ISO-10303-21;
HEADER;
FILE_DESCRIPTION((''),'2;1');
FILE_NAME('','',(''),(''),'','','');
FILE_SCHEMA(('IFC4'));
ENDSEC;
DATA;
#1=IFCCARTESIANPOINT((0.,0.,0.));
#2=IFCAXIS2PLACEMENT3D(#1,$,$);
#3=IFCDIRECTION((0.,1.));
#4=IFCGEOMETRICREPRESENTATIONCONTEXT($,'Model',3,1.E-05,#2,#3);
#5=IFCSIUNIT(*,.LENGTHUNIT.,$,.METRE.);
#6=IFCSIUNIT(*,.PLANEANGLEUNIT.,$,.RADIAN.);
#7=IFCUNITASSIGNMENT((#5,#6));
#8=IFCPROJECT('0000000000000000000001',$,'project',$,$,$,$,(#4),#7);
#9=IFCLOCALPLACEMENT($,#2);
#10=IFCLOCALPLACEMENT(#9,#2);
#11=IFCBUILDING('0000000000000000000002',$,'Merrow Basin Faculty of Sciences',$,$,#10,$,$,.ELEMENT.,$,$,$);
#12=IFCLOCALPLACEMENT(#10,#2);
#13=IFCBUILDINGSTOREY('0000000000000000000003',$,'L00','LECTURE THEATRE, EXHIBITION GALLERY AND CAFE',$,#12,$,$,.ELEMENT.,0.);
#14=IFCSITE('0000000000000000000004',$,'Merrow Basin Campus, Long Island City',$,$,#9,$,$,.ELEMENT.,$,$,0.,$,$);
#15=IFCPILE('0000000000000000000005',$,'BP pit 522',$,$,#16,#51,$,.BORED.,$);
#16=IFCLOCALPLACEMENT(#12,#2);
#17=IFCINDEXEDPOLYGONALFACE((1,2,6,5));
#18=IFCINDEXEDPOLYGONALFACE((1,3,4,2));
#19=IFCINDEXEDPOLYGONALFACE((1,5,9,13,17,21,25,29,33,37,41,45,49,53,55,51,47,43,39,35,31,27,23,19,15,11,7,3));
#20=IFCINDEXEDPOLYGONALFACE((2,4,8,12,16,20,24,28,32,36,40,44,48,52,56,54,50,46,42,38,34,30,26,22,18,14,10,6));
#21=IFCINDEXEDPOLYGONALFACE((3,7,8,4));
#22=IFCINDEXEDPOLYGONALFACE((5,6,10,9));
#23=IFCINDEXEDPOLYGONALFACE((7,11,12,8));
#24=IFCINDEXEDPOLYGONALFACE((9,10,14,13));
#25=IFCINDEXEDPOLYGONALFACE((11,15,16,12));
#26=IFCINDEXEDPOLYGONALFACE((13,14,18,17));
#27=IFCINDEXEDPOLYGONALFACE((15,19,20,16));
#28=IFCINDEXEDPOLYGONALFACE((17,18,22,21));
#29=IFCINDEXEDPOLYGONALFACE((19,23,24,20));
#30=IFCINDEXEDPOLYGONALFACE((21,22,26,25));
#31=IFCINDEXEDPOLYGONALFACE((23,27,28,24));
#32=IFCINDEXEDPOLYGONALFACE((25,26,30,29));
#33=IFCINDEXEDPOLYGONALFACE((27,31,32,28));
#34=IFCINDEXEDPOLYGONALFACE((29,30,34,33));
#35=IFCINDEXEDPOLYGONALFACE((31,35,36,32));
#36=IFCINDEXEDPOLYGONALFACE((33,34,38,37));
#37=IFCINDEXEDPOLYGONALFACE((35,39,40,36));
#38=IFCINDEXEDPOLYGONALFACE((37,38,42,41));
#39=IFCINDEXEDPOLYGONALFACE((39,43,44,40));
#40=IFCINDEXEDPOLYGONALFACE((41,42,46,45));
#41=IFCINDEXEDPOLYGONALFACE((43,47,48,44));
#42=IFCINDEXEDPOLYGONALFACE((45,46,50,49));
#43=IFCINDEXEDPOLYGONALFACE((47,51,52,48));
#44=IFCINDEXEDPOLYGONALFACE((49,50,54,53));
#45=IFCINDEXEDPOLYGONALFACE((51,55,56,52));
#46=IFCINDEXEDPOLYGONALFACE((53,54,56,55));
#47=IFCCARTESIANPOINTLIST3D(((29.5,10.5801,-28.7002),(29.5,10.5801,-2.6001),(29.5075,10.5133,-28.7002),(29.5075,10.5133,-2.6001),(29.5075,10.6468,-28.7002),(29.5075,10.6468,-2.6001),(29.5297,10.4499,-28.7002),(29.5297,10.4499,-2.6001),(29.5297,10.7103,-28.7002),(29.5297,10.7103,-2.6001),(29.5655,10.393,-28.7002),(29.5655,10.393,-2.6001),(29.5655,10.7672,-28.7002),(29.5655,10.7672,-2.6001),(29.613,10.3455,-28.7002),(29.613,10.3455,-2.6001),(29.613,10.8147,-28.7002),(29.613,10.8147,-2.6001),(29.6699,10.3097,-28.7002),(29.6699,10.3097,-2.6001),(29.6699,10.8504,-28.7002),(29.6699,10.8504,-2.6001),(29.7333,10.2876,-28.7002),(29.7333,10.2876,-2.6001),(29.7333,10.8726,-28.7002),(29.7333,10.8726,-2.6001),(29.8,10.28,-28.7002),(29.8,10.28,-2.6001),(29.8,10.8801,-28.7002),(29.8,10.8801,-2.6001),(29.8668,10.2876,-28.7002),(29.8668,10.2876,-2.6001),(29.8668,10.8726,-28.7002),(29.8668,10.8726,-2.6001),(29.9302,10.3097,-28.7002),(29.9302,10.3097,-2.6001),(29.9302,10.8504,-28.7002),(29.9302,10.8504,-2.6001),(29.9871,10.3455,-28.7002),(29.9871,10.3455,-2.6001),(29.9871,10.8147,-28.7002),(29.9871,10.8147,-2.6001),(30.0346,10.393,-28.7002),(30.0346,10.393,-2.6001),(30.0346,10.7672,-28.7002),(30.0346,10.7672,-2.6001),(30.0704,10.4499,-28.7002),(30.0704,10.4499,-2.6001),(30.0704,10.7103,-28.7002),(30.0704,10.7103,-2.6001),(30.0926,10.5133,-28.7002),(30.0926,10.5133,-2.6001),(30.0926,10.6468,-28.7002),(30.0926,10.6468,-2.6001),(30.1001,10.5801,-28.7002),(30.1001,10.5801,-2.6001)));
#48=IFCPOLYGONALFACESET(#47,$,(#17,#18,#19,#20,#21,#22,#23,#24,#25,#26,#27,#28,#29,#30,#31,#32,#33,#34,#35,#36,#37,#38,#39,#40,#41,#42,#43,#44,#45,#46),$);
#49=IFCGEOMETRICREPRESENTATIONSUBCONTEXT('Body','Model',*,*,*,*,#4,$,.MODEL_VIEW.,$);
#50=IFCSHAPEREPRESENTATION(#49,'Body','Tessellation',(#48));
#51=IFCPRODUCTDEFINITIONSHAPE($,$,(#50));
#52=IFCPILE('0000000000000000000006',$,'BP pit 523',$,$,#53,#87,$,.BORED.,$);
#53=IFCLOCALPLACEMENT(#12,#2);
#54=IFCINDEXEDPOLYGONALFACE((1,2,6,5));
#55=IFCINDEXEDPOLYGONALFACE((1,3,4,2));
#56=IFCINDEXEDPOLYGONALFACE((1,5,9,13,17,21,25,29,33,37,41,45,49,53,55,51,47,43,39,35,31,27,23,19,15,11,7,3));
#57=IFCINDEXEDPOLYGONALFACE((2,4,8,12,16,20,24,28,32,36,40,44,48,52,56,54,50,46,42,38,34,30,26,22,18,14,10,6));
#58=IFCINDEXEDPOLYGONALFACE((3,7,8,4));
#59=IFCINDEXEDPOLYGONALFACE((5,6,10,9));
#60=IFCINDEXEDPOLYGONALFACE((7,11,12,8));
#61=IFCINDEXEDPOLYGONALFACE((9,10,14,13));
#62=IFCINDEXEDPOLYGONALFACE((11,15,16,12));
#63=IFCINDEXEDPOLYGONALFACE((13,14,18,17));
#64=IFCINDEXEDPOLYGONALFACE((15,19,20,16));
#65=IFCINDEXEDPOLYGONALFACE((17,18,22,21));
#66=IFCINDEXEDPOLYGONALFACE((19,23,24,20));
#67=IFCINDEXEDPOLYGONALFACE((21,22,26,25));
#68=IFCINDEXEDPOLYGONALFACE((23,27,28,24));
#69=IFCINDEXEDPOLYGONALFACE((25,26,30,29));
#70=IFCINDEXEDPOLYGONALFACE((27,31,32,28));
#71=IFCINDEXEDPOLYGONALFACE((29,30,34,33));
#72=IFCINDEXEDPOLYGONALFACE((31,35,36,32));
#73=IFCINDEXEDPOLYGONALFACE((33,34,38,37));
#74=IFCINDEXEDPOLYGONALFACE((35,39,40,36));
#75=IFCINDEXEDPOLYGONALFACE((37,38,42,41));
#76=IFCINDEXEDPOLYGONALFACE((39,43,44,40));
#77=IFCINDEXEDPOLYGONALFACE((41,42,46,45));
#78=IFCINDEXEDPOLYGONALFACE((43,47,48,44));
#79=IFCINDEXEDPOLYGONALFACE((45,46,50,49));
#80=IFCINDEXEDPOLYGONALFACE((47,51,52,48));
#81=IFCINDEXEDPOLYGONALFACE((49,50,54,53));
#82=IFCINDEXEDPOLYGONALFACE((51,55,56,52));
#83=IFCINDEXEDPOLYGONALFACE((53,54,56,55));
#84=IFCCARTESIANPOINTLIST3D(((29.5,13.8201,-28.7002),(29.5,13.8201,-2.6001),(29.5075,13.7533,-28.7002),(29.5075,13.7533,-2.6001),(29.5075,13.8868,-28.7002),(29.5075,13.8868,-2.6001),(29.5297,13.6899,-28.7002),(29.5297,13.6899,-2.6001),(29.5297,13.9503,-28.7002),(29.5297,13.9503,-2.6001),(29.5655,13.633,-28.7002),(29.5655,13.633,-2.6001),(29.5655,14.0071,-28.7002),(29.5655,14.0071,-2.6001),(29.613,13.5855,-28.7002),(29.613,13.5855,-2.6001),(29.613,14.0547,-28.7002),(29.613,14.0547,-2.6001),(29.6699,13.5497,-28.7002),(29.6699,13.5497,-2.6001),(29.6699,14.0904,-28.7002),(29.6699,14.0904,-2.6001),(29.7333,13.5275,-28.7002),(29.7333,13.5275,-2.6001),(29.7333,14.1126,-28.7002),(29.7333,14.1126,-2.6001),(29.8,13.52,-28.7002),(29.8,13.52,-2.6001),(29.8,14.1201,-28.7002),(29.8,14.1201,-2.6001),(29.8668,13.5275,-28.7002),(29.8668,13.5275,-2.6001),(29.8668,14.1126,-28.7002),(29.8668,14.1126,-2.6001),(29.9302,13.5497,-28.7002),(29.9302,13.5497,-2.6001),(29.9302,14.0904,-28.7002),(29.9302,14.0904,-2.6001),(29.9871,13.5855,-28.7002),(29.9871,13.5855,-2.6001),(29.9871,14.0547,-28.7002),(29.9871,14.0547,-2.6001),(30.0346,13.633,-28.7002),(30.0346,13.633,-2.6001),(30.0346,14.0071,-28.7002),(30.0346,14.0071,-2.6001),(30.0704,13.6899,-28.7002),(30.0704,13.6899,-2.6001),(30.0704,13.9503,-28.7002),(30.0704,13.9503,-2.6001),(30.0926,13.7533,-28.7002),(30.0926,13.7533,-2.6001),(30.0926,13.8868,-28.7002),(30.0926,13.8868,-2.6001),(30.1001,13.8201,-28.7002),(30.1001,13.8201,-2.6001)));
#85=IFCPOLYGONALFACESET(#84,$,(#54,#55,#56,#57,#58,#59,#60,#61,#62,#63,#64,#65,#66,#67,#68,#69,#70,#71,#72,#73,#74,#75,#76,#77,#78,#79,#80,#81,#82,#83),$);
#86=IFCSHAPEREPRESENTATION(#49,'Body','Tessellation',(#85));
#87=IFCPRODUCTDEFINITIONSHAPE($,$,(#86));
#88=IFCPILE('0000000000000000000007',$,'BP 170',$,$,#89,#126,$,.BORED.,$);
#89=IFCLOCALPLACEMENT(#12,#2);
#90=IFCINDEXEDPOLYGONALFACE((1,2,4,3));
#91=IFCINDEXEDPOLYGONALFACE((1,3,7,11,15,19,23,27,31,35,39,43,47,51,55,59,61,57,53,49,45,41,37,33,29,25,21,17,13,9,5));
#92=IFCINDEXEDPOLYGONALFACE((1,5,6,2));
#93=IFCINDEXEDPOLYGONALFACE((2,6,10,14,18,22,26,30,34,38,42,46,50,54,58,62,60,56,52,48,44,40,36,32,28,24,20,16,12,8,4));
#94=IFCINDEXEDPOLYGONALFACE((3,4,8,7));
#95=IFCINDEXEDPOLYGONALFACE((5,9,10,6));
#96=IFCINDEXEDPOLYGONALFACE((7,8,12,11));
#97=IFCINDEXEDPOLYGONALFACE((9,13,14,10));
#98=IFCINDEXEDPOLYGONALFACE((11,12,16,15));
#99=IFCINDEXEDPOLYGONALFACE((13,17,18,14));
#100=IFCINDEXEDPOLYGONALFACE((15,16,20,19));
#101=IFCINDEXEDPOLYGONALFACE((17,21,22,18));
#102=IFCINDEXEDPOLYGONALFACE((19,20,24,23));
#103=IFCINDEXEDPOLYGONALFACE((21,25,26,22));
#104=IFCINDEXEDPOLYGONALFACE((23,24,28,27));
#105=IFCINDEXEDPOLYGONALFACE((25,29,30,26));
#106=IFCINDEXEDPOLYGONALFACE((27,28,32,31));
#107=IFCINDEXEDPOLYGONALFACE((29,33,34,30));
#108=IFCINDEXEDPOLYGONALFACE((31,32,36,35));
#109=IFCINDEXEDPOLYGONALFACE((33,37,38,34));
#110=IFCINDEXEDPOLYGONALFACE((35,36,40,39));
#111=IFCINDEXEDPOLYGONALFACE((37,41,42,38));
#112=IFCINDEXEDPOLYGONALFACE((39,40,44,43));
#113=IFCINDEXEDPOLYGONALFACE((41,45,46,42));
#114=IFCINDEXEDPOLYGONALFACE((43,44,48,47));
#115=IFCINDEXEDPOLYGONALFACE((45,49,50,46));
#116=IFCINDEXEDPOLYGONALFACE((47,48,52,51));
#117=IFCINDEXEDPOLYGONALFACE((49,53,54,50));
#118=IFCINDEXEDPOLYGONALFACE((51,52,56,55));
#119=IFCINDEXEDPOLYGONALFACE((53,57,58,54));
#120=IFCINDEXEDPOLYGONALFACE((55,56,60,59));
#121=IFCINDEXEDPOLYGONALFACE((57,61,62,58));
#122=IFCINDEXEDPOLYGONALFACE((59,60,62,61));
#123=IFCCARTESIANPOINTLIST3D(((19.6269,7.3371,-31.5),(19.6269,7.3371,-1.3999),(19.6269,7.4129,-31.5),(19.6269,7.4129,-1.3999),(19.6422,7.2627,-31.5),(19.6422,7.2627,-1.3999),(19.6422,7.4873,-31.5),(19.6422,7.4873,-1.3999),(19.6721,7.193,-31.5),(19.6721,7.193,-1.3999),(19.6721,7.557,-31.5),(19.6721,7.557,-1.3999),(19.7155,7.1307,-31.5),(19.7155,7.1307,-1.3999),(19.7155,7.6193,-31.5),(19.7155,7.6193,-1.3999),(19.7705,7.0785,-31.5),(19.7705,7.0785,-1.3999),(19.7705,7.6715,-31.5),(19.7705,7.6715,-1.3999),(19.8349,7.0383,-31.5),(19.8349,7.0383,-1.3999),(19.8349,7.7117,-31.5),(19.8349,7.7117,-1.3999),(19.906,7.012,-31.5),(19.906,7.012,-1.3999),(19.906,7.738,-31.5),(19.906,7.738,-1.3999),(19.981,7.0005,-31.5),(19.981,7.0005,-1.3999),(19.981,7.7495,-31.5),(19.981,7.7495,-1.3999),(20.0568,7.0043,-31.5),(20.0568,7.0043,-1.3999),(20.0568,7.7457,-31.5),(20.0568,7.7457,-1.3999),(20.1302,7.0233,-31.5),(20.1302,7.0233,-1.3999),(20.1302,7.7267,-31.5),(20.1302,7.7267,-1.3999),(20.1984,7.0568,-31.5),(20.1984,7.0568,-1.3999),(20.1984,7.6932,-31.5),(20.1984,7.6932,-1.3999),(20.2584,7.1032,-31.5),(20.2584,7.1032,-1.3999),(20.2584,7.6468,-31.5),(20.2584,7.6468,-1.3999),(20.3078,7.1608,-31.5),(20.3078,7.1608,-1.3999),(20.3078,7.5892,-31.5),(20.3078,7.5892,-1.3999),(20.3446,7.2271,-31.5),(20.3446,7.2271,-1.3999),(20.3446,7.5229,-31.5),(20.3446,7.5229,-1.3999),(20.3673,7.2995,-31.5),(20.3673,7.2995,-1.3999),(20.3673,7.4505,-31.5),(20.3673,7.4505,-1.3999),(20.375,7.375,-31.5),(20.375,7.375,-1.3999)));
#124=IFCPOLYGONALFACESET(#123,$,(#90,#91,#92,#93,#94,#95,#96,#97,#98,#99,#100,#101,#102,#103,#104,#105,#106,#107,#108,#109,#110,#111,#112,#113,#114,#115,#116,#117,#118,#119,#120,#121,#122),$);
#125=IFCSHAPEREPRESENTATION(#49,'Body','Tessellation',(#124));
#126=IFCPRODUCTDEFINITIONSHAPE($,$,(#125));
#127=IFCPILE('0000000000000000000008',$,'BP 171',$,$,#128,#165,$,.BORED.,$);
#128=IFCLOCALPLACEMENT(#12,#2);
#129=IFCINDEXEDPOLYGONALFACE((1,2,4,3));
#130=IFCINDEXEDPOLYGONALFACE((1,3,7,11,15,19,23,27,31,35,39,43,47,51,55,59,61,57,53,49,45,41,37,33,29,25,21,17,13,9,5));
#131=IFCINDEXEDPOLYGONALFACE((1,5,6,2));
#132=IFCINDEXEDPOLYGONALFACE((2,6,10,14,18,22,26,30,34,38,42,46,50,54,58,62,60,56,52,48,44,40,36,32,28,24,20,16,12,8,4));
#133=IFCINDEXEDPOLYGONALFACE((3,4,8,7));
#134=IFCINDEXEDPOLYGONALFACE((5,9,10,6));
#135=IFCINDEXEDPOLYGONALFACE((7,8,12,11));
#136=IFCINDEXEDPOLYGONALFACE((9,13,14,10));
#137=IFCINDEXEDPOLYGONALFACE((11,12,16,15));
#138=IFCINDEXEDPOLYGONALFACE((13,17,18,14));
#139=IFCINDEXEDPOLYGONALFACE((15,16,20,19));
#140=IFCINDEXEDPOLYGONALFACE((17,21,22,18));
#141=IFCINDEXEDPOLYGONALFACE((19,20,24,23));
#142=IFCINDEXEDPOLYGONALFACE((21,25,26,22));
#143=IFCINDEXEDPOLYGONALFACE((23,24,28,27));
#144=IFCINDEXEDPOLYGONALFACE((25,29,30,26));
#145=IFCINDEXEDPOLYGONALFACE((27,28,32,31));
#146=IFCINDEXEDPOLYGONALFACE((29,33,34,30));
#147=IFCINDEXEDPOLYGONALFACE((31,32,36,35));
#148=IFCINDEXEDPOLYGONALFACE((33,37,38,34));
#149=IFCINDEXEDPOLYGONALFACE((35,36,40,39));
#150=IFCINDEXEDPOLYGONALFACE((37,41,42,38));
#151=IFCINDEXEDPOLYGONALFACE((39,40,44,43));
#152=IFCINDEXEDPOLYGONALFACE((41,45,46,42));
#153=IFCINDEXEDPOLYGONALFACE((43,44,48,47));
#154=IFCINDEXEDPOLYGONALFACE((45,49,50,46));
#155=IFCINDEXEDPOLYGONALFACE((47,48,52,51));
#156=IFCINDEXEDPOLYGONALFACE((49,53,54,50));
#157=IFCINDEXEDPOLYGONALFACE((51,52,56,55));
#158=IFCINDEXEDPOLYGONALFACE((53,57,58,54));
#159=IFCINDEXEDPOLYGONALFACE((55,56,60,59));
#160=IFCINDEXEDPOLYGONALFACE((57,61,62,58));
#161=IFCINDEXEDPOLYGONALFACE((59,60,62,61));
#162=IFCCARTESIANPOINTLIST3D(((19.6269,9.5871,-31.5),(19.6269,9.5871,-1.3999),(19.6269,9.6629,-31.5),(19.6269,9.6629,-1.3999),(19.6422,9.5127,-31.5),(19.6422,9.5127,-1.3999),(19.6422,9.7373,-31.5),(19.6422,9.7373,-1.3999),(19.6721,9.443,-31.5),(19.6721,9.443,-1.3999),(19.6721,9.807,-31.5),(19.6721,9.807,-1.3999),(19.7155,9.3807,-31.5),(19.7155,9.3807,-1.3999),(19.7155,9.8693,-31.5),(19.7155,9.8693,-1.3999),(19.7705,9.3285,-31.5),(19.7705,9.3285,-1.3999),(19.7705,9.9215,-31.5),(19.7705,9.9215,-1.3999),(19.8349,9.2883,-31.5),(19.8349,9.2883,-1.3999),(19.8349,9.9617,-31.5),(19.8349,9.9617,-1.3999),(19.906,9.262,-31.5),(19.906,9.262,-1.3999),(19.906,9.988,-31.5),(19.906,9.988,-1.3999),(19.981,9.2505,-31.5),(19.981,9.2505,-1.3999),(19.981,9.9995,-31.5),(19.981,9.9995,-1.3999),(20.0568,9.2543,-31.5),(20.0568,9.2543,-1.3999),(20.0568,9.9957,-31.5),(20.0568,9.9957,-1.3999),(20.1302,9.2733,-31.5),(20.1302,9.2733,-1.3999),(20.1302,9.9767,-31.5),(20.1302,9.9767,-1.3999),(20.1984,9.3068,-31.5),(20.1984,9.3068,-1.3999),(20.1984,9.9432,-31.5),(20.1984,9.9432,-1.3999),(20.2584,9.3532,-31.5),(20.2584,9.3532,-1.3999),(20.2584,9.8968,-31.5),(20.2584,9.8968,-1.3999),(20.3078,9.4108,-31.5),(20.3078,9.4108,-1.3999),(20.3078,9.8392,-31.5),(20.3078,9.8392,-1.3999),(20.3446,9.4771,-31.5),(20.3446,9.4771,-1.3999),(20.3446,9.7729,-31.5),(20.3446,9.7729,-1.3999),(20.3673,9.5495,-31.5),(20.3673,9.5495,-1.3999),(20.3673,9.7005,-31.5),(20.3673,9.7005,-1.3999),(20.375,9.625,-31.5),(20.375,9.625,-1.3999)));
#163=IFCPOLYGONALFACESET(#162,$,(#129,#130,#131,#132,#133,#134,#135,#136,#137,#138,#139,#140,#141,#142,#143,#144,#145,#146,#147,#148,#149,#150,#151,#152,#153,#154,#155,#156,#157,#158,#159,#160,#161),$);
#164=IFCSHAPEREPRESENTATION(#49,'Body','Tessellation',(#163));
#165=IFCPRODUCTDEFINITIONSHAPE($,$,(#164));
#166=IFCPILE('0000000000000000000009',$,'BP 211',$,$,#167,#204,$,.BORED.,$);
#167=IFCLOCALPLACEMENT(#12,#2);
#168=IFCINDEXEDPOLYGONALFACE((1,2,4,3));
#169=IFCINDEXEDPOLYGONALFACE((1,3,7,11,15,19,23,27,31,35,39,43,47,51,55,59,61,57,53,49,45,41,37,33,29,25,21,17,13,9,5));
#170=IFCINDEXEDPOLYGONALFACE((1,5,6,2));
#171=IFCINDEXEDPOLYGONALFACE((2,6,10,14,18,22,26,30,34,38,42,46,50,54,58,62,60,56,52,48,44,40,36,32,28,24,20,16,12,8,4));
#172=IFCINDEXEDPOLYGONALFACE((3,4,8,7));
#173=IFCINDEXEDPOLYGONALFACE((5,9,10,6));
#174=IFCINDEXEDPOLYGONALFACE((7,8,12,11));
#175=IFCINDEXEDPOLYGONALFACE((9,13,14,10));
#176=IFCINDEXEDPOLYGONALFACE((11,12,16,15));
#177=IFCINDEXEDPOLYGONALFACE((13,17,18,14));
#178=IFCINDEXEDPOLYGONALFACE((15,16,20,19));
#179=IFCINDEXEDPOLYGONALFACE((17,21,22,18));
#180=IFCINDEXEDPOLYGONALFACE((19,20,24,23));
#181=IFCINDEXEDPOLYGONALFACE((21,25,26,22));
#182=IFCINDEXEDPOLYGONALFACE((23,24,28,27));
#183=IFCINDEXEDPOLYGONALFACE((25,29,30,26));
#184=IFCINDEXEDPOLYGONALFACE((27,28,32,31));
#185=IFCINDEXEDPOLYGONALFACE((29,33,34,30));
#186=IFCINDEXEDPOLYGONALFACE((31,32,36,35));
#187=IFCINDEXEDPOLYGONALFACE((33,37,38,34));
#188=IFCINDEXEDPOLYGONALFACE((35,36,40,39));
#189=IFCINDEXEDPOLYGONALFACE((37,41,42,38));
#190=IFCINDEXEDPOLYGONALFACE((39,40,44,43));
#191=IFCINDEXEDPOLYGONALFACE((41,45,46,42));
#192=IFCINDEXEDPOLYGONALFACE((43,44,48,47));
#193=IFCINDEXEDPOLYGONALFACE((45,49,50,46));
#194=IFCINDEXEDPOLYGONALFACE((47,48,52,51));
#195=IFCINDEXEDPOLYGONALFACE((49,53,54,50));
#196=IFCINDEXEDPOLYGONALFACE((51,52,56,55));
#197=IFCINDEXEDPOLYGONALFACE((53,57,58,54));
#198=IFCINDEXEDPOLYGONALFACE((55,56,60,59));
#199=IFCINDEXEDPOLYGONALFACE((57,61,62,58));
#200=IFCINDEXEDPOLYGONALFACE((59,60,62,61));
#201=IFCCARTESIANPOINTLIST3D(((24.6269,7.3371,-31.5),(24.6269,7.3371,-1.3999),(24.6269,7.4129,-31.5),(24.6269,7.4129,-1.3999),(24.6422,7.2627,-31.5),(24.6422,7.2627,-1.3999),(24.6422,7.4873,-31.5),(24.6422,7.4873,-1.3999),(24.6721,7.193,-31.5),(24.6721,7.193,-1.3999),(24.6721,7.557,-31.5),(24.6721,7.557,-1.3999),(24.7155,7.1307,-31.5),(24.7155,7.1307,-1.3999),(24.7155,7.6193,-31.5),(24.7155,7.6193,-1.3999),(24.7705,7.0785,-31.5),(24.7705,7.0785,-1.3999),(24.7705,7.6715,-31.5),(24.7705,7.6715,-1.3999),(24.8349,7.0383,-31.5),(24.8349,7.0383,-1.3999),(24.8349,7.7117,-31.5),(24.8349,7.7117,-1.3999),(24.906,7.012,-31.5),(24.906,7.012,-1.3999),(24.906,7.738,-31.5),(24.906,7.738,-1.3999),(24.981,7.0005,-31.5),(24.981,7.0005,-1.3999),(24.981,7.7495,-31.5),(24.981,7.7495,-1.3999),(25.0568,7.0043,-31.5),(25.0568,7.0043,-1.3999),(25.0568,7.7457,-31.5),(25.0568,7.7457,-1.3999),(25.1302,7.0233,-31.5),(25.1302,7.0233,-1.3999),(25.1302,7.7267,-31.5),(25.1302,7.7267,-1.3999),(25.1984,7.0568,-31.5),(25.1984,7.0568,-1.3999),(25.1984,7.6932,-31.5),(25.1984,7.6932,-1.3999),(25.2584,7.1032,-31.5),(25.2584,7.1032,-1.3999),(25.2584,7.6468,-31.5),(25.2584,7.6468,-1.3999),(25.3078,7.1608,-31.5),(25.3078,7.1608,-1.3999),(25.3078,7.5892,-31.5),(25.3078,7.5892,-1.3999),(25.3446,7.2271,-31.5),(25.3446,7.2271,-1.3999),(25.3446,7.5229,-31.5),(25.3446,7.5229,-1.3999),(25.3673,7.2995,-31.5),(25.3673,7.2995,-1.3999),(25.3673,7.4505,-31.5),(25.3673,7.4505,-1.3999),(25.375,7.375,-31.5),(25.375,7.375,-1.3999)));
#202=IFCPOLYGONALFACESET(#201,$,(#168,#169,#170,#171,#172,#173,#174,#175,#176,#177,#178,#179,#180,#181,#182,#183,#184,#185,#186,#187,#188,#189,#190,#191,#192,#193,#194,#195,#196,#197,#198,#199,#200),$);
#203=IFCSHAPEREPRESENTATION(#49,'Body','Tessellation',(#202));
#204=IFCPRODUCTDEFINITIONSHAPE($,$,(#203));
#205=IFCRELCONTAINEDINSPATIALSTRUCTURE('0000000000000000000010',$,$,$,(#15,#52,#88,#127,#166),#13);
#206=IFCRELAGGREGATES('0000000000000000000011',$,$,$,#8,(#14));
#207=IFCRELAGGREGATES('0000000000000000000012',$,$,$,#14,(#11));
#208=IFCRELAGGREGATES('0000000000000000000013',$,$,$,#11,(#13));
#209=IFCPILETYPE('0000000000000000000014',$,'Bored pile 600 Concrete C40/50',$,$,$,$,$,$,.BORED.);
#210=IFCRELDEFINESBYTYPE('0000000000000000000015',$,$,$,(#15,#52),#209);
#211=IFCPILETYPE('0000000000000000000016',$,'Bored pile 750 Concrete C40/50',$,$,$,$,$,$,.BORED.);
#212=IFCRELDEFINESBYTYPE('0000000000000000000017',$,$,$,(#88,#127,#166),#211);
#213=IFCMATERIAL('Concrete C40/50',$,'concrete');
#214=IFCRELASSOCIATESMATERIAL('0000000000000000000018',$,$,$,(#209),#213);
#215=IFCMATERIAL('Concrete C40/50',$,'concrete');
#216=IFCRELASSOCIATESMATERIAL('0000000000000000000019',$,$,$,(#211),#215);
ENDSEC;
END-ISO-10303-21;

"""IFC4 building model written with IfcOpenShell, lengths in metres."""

from ifc_helpers import new_model, si_unit, direction, frame, origin, origin_2d, place, context, subcontext, project, spatial, circle, extrude, material, material_profile, profile_set, type_object, element, save


model = new_model("IFC4")

# Units and contexts
model_context = context("Model", 3, precision=1e-05, world=origin(), true_north=direction((0.0, 1.0)))
body_context = subcontext(model_context, "Body", "Model", "MODEL_VIEW")
ifc_project = project(units=[si_unit("LENGTHUNIT", "METRE"), si_unit("PLANEANGLEUNIT", "RADIAN")], contexts=[model_context])

# Site, building, storey
site_placement = place(None, origin())
site = spatial("IfcSite", under=ifc_project, at=site_placement, Name="Merrow Basin Campus, Long Island City", CompositionType="ELEMENT", RefElevation=0.0)
building_placement = place(site_placement, origin())
building = spatial("IfcBuilding", under=site, at=building_placement, Name="Merrow Basin Faculty of Sciences", CompositionType="ELEMENT")
storey_placement = place(building_placement, origin())
storey = spatial("IfcBuildingStorey", under=building, at=storey_placement, Name="L00", Description="LECTURE THEATRE, EXHIBITION GALLERY AND CAFE", CompositionType="ELEMENT", Elevation=0.0)

# Piles
ifc_material_1 = material(Name="Concrete C40/50", Category="concrete")
ifc_material_profile_1 = material_profile(ifc_material_1, circle(Radius=0.3, at=origin_2d()))
ifc_profile_set_1 = profile_set([ifc_material_profile_1], Name="Concrete C40/50")
pile_type_1 = type_object("IfcPileType", Name="Bored pile 600 Concrete C40/50", PredefinedType="BORED", material=ifc_profile_set_1)
for number, where, z_axis, x_axis, name in (
    (1, (29.8, 10.5801, -2.6001), (0.0, 0.0, -1.0), (1.0, 0.0, 0.0), "BP pit 522"),
    (2, (29.8, 13.8201, -2.6001), (0.0, 0.0, -1.0), (1.0, 0.0, 0.0), "BP pit 523"),
):
    element("IfcPile", number, at=place(storey_placement, frame(where, z_axis=z_axis, x_axis=x_axis)), inside=storey, type_object=pile_type_1, Name=name, PredefinedType="BORED", context=body_context, shape_type="SweptSolid", body=[
        extrude(circle(Radius=0.3, at=origin_2d()), origin(), (0.0, 0.0, 1.0), 26.1001),
    ])
ifc_material_2 = material(Name="Concrete C40/50", Category="concrete")
ifc_material_profile_2 = material_profile(ifc_material_2, circle(Radius=0.375, at=origin_2d()))
ifc_profile_set_2 = profile_set([ifc_material_profile_2], Name="Concrete C40/50")
pile_type_2 = type_object("IfcPileType", Name="Bored pile 750 Concrete C40/50", PredefinedType="BORED", material=ifc_profile_set_2)
for number, where, z_axis, x_axis, name in (
    (3, (20.0, 7.375, -1.3999), (0.0, 0.0, -1.0), (1.0, 0.0, 0.0), "BP 170"),
    (4, (20.0, 9.625, -1.3999), (0.0, 0.0, -1.0), (1.0, 0.0, 0.0), "BP 171"),
    (5, (25.0, 7.375, -1.3999), (0.0, 0.0, -1.0), (1.0, 0.0, 0.0), "BP 211"),
):
    element("IfcPile", number, at=place(storey_placement, frame(where, z_axis=z_axis, x_axis=x_axis)), inside=storey, type_object=pile_type_2, Name=name, PredefinedType="BORED", context=body_context, shape_type="SweptSolid", body=[
        extrude(circle(Radius=0.375, at=origin_2d()), origin(), (0.0, 0.0, 1.0), 30.1001),
    ])

save(model, "model.ifc")
